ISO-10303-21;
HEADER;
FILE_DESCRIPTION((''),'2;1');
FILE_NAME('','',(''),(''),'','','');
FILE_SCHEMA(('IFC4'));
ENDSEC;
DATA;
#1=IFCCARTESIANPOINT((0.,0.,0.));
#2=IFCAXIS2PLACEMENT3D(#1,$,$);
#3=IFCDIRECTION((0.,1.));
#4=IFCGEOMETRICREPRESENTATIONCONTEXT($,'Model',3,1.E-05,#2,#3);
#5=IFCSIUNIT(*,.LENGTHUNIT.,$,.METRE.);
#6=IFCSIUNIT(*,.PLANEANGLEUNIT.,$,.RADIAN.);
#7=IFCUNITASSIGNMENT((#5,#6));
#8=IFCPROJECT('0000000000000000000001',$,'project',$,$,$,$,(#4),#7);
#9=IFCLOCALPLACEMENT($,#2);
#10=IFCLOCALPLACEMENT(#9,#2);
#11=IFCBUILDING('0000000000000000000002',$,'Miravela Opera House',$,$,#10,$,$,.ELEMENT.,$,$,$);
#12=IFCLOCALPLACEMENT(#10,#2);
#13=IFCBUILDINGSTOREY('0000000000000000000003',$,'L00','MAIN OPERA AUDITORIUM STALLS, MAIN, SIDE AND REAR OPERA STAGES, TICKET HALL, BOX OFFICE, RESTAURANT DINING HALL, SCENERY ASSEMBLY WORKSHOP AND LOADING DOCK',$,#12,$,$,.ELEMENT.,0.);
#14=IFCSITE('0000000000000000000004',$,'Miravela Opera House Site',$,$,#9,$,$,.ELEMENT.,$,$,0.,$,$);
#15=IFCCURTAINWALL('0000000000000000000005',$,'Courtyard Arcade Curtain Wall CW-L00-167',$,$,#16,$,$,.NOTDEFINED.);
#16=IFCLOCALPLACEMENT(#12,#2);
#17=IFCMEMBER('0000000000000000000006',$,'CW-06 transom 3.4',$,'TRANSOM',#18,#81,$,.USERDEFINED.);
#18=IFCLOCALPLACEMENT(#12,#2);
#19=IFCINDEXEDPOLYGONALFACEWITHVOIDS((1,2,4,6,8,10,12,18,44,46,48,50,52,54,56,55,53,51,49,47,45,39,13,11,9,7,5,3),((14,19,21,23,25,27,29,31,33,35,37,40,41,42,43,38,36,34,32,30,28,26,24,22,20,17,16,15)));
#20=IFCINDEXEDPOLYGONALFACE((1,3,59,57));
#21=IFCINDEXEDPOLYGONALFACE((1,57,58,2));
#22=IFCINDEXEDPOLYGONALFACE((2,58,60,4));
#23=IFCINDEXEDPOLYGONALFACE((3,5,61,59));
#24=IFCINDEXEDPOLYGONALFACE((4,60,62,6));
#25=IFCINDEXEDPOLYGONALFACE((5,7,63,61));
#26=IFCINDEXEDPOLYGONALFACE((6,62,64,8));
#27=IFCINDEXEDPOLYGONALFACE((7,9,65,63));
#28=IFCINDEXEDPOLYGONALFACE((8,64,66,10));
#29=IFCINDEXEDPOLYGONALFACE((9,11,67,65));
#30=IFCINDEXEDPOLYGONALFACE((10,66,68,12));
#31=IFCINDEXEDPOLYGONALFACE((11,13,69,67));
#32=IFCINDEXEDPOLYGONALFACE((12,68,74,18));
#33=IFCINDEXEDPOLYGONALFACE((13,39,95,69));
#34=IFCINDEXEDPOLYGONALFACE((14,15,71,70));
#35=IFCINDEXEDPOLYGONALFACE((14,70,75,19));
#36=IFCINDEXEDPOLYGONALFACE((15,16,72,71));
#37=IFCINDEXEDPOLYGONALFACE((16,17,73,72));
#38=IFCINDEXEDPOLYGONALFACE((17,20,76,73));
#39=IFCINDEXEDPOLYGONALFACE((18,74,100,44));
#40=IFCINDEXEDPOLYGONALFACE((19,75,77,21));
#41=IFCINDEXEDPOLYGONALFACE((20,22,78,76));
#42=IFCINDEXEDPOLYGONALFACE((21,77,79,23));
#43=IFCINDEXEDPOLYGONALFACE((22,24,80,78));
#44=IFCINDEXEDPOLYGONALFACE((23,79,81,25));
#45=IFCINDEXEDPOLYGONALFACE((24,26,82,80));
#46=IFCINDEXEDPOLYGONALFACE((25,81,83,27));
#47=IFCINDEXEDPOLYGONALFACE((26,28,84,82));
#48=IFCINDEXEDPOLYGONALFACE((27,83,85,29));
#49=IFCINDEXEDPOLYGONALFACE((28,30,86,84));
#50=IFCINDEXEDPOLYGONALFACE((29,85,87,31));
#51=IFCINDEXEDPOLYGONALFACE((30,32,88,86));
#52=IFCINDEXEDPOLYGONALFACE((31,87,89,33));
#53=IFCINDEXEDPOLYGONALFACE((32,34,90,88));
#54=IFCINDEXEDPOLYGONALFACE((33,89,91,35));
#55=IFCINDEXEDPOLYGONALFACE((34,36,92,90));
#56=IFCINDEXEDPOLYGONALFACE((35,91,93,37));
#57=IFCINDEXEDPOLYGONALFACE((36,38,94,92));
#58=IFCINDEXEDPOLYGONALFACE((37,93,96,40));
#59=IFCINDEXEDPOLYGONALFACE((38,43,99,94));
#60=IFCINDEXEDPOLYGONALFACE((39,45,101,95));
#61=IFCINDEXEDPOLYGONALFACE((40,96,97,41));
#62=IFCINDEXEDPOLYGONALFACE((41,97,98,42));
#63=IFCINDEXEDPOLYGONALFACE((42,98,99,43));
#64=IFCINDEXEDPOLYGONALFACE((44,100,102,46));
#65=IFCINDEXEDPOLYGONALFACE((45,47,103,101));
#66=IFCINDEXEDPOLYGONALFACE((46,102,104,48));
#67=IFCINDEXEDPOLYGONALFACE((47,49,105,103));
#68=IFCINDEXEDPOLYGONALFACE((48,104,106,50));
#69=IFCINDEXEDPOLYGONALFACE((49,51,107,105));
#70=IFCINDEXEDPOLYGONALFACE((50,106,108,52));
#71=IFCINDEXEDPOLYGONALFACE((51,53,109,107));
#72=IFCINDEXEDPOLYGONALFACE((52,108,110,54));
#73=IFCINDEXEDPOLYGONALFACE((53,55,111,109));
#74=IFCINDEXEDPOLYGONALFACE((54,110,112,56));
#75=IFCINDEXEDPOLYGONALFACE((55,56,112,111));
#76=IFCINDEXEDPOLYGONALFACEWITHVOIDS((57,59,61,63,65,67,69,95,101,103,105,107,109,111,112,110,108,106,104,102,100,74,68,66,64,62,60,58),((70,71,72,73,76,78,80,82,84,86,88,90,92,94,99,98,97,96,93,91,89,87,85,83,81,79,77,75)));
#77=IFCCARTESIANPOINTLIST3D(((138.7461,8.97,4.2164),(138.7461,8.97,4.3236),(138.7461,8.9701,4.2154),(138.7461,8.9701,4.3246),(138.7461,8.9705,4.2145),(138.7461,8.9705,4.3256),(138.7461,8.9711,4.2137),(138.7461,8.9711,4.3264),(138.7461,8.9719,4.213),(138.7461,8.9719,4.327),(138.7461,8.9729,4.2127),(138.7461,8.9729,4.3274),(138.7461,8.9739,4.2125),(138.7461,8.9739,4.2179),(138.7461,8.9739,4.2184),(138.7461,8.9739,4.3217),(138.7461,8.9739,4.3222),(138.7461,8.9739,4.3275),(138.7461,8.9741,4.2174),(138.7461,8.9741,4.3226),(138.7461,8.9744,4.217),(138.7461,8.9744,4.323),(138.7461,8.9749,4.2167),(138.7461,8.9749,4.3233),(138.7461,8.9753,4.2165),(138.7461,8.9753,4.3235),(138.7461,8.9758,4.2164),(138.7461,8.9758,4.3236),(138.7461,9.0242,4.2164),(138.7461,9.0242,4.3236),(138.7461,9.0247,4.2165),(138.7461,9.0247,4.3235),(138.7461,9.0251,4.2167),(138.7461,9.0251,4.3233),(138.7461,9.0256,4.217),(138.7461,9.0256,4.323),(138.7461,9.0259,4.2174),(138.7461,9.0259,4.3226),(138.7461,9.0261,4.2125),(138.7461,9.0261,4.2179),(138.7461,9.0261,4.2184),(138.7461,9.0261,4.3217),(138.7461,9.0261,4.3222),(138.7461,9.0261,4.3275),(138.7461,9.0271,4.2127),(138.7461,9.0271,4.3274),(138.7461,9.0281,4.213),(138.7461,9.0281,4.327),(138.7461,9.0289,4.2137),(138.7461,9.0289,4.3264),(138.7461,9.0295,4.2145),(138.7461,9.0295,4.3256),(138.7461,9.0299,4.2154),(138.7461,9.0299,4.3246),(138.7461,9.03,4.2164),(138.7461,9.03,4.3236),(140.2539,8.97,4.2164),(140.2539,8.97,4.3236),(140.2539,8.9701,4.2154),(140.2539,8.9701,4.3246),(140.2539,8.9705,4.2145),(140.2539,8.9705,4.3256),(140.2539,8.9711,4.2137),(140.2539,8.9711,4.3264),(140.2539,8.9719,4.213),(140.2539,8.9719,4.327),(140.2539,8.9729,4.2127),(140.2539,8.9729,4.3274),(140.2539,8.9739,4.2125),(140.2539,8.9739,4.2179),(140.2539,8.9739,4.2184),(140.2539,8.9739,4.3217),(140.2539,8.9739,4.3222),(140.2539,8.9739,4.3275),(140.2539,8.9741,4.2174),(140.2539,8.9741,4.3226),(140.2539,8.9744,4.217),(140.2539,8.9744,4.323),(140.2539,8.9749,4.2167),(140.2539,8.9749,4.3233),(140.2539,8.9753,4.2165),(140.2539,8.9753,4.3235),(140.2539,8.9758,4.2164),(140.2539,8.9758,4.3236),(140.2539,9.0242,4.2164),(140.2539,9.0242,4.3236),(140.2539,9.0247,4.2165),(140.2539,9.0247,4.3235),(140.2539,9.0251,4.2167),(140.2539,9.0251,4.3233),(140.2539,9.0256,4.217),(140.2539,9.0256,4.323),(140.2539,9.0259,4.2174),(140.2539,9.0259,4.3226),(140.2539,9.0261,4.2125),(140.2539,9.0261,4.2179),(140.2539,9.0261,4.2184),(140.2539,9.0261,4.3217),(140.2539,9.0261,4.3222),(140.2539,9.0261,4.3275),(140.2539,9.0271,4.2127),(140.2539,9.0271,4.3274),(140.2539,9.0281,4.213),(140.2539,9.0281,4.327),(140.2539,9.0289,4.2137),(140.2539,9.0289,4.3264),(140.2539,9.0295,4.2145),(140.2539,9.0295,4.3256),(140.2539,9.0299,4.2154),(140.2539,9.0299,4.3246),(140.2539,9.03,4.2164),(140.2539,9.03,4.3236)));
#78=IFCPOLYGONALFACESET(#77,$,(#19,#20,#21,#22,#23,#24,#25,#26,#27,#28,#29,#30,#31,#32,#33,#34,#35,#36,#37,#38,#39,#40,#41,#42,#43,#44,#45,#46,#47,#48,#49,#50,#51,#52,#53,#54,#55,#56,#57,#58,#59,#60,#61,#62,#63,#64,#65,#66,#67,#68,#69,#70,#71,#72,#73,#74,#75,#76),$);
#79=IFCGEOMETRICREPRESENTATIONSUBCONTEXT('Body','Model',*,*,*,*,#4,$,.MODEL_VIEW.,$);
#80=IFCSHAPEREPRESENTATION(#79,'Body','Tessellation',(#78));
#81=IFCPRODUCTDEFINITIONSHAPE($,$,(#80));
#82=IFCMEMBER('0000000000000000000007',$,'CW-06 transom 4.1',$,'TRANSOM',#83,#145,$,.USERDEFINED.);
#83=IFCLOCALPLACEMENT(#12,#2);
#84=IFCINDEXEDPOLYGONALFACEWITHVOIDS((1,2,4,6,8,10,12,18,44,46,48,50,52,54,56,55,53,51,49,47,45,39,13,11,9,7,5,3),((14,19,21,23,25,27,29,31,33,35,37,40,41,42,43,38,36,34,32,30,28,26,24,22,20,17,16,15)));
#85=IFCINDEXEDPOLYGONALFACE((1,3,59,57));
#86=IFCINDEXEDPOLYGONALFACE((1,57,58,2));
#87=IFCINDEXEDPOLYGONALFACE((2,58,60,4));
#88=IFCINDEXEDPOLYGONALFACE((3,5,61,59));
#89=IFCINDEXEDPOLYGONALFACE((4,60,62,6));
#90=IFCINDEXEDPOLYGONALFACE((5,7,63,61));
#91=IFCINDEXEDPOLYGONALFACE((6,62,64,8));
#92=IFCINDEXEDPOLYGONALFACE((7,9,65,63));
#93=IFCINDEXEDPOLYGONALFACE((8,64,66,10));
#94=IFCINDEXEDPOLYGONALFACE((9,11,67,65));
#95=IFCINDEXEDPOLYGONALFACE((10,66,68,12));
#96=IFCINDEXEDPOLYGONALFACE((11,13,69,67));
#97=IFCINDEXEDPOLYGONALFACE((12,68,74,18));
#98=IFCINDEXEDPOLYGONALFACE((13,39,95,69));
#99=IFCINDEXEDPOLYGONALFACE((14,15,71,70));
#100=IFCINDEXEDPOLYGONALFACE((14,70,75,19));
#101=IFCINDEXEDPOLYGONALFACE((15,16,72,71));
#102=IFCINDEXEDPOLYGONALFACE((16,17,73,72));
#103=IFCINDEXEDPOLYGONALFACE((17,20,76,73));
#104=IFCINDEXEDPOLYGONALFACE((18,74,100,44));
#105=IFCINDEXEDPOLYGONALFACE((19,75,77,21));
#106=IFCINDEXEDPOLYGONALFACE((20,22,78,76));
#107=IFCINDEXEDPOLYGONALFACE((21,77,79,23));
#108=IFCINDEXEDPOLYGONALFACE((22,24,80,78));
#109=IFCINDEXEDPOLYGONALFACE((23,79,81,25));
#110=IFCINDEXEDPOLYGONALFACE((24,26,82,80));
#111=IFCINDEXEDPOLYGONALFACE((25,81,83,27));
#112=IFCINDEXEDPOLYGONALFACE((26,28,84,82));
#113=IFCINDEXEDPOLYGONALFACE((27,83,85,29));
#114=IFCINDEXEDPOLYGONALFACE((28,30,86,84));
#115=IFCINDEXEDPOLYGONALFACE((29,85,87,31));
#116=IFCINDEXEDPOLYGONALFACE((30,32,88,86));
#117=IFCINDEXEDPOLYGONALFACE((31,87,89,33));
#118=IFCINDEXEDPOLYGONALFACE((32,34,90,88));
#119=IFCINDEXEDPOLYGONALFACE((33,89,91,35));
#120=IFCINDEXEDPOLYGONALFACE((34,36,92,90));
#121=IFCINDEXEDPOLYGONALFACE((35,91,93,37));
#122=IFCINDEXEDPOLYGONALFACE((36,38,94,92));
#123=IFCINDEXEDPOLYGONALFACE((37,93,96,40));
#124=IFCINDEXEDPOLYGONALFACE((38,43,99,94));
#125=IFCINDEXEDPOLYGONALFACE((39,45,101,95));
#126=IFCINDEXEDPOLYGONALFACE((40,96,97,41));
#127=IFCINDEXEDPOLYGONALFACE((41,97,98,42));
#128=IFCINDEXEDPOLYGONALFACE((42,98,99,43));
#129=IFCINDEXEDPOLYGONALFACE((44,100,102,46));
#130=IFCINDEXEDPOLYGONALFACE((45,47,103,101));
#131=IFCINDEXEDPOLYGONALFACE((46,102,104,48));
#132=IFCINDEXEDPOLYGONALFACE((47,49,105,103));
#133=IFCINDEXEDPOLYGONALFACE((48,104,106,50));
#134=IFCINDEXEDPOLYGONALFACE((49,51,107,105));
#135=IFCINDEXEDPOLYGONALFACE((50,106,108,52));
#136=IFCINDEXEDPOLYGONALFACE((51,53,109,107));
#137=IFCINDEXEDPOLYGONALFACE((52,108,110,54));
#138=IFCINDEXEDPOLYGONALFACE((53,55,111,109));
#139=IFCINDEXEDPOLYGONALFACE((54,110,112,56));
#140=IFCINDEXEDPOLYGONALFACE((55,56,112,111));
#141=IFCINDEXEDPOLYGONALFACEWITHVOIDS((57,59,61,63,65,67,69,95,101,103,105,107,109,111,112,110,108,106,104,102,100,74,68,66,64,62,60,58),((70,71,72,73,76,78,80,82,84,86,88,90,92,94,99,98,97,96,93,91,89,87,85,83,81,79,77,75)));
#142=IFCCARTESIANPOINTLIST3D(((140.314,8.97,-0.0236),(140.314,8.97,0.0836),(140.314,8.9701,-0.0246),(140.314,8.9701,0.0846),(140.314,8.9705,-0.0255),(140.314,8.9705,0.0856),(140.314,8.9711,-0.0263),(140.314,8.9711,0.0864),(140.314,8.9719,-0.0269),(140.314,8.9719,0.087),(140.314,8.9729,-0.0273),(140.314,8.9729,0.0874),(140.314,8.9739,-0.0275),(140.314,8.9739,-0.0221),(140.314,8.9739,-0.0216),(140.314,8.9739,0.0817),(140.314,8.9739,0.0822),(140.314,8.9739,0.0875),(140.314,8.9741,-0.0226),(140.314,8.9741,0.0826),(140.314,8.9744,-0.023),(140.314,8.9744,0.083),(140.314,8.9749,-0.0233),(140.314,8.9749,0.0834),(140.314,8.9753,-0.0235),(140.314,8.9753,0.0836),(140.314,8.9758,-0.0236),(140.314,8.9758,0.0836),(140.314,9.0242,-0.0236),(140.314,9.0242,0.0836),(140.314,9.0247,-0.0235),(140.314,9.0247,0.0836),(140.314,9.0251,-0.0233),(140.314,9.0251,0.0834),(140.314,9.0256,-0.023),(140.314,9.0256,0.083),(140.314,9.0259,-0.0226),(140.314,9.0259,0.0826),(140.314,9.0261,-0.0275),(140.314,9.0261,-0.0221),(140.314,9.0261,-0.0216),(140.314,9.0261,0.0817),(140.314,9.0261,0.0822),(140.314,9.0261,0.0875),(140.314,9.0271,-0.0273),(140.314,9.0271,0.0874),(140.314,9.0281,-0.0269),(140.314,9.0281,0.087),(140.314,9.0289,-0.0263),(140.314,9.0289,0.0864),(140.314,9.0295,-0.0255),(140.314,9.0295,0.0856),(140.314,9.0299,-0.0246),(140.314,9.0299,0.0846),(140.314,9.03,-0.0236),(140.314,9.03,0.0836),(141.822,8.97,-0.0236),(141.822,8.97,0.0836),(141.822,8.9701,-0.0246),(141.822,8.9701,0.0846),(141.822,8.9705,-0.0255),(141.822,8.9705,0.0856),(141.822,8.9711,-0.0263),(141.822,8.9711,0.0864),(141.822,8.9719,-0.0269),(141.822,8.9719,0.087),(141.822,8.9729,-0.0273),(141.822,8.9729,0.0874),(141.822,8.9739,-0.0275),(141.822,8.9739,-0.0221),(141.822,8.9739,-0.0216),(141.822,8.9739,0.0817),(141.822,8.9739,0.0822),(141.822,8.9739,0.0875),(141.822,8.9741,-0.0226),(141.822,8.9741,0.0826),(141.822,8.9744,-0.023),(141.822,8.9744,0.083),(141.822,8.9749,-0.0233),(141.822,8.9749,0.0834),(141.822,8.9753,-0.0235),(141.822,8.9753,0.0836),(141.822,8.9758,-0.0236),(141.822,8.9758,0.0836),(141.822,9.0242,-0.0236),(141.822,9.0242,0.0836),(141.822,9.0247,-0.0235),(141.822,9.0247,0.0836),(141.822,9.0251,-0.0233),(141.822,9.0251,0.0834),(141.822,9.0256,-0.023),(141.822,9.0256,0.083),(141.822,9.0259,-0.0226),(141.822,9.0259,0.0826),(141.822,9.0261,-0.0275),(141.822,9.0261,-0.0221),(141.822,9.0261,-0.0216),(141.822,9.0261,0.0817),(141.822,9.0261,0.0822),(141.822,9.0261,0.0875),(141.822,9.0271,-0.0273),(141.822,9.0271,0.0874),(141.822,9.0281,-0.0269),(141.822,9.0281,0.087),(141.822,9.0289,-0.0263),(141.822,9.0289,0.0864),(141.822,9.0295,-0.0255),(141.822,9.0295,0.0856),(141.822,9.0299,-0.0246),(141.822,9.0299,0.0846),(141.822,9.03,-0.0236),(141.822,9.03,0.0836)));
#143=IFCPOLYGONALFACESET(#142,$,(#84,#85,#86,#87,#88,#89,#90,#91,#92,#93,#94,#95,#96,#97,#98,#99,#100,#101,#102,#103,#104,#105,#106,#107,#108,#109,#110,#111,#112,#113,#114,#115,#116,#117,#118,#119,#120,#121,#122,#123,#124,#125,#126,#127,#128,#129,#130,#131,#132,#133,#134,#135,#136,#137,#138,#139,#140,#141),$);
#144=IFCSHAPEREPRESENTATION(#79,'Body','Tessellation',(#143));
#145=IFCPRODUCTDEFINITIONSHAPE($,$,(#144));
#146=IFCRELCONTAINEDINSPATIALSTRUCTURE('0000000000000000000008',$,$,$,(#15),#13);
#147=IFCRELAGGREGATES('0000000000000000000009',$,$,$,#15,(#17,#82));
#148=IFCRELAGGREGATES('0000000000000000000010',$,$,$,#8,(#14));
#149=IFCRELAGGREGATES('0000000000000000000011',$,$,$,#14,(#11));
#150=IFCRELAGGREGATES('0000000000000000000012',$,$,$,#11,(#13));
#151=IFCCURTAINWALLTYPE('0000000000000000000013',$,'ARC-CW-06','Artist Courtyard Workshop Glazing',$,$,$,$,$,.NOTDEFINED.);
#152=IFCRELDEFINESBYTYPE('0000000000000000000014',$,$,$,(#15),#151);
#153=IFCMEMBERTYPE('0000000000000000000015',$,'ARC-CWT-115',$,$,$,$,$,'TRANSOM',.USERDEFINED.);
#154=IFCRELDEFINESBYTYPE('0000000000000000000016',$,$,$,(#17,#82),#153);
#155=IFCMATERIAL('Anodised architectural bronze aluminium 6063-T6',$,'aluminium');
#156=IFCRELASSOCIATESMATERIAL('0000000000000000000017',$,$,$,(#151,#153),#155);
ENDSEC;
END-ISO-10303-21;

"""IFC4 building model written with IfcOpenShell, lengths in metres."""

from ifc_helpers import new_model, si_unit, direction, frame, origin, origin_2d, place, context, subcontext, project, spatial, hollow_rectangle, extrude, material, material_profile, profile_set, type_object, element, aggregate, save


model = new_model("IFC4")

# Units and contexts
model_context = context("Model", 3, precision=1e-05, world=origin(), true_north=direction((0.0, 1.0)))
body_context = subcontext(model_context, "Body", "Model", "MODEL_VIEW")
ifc_project = project(units=[si_unit("LENGTHUNIT", "METRE"), si_unit("PLANEANGLEUNIT", "RADIAN")], contexts=[model_context])

# Site, building, storey
site_placement = place(None, origin())
site = spatial("IfcSite", under=ifc_project, at=site_placement, Name="Miravela Opera House Site", CompositionType="ELEMENT", RefElevation=0.0)
building_placement = place(site_placement, origin())
building = spatial("IfcBuilding", under=site, at=building_placement, Name="Miravela Opera House", CompositionType="ELEMENT")
storey_placement = place(building_placement, origin())
storey = spatial("IfcBuildingStorey", under=building, at=storey_placement, Name="L00", Description="MAIN OPERA AUDITORIUM STALLS, MAIN, SIDE AND REAR OPERA STAGES, TICKET HALL, BOX OFFICE, RESTAURANT DINING HALL, SCENERY ASSEMBLY WORKSHOP AND LOADING DOCK", CompositionType="ELEMENT", Elevation=0.0)

# Curtain wall, members
ifc_material_1 = material(Name="Anodised architectural bronze aluminium 6063-T6", Category="aluminium")
curtain_wall_type = type_object("IfcCurtainWallType", Name="ARC-CW-06", Description="Artist Courtyard Workshop Glazing", PredefinedType="NOTDEFINED", material=ifc_material_1)
curtain_wall_placement = place(storey_placement, origin())
curtain_wall = element("IfcCurtainWall", 1, at=curtain_wall_placement, inside=storey, type_object=curtain_wall_type, Name="Courtyard Arcade Curtain Wall CW-L00-167", PredefinedType="NOTDEFINED")
ifc_material_profile_1 = material_profile(ifc_material_1, hollow_rectangle(XDim=0.0601, YDim=0.115, WallThickness=0.0039, InnerFilletRadius=0.002, OuterFilletRadius=0.0039, at=origin_2d()), Name="CWT-60X115")
ifc_profile_set_1 = profile_set([ifc_material_profile_1])
member_type_1 = type_object("IfcMemberType", Name="ARC-CWT-115", ElementType="TRANSOM", PredefinedType="USERDEFINED", material=ifc_profile_set_1)
member_1_placement = place(storey_placement, frame((138.7461, 9.0, 4.27), z_axis=(1.0, 0.0, 0.0), x_axis=(0.0, 1.0, 0.0)))
member_1 = element("IfcMember", 2, at=member_1_placement, type_object=member_type_1, Name="CW-06 transom 3.4", ObjectType="TRANSOM", PredefinedType="USERDEFINED", context=body_context, shape_type="SweptSolid", body=[
    extrude(hollow_rectangle(XDim=0.0601, YDim=0.115, WallThickness=0.0039, InnerFilletRadius=0.002, OuterFilletRadius=0.0039, at=origin_2d()), origin(), (0.0, 0.0, 1.0), 1.5078),
])
member_2_placement = place(storey_placement, frame((140.314, 9.0, 0.03), z_axis=(1.0, 0.0, 0.0), x_axis=(0.0, 1.0, 0.0)))
member_2 = element("IfcMember", 3, at=member_2_placement, type_object=member_type_1, Name="CW-06 transom 4.1", ObjectType="TRANSOM", PredefinedType="USERDEFINED", context=body_context, shape_type="SweptSolid", body=[
    extrude(hollow_rectangle(XDim=0.0601, YDim=0.115, WallThickness=0.0039, InnerFilletRadius=0.002, OuterFilletRadius=0.0039, at=origin_2d()), origin(), (0.0, 0.0, 1.0), 1.5081),
])
aggregate(curtain_wall, [member_1, member_2])

save(model, "model.ifc")
